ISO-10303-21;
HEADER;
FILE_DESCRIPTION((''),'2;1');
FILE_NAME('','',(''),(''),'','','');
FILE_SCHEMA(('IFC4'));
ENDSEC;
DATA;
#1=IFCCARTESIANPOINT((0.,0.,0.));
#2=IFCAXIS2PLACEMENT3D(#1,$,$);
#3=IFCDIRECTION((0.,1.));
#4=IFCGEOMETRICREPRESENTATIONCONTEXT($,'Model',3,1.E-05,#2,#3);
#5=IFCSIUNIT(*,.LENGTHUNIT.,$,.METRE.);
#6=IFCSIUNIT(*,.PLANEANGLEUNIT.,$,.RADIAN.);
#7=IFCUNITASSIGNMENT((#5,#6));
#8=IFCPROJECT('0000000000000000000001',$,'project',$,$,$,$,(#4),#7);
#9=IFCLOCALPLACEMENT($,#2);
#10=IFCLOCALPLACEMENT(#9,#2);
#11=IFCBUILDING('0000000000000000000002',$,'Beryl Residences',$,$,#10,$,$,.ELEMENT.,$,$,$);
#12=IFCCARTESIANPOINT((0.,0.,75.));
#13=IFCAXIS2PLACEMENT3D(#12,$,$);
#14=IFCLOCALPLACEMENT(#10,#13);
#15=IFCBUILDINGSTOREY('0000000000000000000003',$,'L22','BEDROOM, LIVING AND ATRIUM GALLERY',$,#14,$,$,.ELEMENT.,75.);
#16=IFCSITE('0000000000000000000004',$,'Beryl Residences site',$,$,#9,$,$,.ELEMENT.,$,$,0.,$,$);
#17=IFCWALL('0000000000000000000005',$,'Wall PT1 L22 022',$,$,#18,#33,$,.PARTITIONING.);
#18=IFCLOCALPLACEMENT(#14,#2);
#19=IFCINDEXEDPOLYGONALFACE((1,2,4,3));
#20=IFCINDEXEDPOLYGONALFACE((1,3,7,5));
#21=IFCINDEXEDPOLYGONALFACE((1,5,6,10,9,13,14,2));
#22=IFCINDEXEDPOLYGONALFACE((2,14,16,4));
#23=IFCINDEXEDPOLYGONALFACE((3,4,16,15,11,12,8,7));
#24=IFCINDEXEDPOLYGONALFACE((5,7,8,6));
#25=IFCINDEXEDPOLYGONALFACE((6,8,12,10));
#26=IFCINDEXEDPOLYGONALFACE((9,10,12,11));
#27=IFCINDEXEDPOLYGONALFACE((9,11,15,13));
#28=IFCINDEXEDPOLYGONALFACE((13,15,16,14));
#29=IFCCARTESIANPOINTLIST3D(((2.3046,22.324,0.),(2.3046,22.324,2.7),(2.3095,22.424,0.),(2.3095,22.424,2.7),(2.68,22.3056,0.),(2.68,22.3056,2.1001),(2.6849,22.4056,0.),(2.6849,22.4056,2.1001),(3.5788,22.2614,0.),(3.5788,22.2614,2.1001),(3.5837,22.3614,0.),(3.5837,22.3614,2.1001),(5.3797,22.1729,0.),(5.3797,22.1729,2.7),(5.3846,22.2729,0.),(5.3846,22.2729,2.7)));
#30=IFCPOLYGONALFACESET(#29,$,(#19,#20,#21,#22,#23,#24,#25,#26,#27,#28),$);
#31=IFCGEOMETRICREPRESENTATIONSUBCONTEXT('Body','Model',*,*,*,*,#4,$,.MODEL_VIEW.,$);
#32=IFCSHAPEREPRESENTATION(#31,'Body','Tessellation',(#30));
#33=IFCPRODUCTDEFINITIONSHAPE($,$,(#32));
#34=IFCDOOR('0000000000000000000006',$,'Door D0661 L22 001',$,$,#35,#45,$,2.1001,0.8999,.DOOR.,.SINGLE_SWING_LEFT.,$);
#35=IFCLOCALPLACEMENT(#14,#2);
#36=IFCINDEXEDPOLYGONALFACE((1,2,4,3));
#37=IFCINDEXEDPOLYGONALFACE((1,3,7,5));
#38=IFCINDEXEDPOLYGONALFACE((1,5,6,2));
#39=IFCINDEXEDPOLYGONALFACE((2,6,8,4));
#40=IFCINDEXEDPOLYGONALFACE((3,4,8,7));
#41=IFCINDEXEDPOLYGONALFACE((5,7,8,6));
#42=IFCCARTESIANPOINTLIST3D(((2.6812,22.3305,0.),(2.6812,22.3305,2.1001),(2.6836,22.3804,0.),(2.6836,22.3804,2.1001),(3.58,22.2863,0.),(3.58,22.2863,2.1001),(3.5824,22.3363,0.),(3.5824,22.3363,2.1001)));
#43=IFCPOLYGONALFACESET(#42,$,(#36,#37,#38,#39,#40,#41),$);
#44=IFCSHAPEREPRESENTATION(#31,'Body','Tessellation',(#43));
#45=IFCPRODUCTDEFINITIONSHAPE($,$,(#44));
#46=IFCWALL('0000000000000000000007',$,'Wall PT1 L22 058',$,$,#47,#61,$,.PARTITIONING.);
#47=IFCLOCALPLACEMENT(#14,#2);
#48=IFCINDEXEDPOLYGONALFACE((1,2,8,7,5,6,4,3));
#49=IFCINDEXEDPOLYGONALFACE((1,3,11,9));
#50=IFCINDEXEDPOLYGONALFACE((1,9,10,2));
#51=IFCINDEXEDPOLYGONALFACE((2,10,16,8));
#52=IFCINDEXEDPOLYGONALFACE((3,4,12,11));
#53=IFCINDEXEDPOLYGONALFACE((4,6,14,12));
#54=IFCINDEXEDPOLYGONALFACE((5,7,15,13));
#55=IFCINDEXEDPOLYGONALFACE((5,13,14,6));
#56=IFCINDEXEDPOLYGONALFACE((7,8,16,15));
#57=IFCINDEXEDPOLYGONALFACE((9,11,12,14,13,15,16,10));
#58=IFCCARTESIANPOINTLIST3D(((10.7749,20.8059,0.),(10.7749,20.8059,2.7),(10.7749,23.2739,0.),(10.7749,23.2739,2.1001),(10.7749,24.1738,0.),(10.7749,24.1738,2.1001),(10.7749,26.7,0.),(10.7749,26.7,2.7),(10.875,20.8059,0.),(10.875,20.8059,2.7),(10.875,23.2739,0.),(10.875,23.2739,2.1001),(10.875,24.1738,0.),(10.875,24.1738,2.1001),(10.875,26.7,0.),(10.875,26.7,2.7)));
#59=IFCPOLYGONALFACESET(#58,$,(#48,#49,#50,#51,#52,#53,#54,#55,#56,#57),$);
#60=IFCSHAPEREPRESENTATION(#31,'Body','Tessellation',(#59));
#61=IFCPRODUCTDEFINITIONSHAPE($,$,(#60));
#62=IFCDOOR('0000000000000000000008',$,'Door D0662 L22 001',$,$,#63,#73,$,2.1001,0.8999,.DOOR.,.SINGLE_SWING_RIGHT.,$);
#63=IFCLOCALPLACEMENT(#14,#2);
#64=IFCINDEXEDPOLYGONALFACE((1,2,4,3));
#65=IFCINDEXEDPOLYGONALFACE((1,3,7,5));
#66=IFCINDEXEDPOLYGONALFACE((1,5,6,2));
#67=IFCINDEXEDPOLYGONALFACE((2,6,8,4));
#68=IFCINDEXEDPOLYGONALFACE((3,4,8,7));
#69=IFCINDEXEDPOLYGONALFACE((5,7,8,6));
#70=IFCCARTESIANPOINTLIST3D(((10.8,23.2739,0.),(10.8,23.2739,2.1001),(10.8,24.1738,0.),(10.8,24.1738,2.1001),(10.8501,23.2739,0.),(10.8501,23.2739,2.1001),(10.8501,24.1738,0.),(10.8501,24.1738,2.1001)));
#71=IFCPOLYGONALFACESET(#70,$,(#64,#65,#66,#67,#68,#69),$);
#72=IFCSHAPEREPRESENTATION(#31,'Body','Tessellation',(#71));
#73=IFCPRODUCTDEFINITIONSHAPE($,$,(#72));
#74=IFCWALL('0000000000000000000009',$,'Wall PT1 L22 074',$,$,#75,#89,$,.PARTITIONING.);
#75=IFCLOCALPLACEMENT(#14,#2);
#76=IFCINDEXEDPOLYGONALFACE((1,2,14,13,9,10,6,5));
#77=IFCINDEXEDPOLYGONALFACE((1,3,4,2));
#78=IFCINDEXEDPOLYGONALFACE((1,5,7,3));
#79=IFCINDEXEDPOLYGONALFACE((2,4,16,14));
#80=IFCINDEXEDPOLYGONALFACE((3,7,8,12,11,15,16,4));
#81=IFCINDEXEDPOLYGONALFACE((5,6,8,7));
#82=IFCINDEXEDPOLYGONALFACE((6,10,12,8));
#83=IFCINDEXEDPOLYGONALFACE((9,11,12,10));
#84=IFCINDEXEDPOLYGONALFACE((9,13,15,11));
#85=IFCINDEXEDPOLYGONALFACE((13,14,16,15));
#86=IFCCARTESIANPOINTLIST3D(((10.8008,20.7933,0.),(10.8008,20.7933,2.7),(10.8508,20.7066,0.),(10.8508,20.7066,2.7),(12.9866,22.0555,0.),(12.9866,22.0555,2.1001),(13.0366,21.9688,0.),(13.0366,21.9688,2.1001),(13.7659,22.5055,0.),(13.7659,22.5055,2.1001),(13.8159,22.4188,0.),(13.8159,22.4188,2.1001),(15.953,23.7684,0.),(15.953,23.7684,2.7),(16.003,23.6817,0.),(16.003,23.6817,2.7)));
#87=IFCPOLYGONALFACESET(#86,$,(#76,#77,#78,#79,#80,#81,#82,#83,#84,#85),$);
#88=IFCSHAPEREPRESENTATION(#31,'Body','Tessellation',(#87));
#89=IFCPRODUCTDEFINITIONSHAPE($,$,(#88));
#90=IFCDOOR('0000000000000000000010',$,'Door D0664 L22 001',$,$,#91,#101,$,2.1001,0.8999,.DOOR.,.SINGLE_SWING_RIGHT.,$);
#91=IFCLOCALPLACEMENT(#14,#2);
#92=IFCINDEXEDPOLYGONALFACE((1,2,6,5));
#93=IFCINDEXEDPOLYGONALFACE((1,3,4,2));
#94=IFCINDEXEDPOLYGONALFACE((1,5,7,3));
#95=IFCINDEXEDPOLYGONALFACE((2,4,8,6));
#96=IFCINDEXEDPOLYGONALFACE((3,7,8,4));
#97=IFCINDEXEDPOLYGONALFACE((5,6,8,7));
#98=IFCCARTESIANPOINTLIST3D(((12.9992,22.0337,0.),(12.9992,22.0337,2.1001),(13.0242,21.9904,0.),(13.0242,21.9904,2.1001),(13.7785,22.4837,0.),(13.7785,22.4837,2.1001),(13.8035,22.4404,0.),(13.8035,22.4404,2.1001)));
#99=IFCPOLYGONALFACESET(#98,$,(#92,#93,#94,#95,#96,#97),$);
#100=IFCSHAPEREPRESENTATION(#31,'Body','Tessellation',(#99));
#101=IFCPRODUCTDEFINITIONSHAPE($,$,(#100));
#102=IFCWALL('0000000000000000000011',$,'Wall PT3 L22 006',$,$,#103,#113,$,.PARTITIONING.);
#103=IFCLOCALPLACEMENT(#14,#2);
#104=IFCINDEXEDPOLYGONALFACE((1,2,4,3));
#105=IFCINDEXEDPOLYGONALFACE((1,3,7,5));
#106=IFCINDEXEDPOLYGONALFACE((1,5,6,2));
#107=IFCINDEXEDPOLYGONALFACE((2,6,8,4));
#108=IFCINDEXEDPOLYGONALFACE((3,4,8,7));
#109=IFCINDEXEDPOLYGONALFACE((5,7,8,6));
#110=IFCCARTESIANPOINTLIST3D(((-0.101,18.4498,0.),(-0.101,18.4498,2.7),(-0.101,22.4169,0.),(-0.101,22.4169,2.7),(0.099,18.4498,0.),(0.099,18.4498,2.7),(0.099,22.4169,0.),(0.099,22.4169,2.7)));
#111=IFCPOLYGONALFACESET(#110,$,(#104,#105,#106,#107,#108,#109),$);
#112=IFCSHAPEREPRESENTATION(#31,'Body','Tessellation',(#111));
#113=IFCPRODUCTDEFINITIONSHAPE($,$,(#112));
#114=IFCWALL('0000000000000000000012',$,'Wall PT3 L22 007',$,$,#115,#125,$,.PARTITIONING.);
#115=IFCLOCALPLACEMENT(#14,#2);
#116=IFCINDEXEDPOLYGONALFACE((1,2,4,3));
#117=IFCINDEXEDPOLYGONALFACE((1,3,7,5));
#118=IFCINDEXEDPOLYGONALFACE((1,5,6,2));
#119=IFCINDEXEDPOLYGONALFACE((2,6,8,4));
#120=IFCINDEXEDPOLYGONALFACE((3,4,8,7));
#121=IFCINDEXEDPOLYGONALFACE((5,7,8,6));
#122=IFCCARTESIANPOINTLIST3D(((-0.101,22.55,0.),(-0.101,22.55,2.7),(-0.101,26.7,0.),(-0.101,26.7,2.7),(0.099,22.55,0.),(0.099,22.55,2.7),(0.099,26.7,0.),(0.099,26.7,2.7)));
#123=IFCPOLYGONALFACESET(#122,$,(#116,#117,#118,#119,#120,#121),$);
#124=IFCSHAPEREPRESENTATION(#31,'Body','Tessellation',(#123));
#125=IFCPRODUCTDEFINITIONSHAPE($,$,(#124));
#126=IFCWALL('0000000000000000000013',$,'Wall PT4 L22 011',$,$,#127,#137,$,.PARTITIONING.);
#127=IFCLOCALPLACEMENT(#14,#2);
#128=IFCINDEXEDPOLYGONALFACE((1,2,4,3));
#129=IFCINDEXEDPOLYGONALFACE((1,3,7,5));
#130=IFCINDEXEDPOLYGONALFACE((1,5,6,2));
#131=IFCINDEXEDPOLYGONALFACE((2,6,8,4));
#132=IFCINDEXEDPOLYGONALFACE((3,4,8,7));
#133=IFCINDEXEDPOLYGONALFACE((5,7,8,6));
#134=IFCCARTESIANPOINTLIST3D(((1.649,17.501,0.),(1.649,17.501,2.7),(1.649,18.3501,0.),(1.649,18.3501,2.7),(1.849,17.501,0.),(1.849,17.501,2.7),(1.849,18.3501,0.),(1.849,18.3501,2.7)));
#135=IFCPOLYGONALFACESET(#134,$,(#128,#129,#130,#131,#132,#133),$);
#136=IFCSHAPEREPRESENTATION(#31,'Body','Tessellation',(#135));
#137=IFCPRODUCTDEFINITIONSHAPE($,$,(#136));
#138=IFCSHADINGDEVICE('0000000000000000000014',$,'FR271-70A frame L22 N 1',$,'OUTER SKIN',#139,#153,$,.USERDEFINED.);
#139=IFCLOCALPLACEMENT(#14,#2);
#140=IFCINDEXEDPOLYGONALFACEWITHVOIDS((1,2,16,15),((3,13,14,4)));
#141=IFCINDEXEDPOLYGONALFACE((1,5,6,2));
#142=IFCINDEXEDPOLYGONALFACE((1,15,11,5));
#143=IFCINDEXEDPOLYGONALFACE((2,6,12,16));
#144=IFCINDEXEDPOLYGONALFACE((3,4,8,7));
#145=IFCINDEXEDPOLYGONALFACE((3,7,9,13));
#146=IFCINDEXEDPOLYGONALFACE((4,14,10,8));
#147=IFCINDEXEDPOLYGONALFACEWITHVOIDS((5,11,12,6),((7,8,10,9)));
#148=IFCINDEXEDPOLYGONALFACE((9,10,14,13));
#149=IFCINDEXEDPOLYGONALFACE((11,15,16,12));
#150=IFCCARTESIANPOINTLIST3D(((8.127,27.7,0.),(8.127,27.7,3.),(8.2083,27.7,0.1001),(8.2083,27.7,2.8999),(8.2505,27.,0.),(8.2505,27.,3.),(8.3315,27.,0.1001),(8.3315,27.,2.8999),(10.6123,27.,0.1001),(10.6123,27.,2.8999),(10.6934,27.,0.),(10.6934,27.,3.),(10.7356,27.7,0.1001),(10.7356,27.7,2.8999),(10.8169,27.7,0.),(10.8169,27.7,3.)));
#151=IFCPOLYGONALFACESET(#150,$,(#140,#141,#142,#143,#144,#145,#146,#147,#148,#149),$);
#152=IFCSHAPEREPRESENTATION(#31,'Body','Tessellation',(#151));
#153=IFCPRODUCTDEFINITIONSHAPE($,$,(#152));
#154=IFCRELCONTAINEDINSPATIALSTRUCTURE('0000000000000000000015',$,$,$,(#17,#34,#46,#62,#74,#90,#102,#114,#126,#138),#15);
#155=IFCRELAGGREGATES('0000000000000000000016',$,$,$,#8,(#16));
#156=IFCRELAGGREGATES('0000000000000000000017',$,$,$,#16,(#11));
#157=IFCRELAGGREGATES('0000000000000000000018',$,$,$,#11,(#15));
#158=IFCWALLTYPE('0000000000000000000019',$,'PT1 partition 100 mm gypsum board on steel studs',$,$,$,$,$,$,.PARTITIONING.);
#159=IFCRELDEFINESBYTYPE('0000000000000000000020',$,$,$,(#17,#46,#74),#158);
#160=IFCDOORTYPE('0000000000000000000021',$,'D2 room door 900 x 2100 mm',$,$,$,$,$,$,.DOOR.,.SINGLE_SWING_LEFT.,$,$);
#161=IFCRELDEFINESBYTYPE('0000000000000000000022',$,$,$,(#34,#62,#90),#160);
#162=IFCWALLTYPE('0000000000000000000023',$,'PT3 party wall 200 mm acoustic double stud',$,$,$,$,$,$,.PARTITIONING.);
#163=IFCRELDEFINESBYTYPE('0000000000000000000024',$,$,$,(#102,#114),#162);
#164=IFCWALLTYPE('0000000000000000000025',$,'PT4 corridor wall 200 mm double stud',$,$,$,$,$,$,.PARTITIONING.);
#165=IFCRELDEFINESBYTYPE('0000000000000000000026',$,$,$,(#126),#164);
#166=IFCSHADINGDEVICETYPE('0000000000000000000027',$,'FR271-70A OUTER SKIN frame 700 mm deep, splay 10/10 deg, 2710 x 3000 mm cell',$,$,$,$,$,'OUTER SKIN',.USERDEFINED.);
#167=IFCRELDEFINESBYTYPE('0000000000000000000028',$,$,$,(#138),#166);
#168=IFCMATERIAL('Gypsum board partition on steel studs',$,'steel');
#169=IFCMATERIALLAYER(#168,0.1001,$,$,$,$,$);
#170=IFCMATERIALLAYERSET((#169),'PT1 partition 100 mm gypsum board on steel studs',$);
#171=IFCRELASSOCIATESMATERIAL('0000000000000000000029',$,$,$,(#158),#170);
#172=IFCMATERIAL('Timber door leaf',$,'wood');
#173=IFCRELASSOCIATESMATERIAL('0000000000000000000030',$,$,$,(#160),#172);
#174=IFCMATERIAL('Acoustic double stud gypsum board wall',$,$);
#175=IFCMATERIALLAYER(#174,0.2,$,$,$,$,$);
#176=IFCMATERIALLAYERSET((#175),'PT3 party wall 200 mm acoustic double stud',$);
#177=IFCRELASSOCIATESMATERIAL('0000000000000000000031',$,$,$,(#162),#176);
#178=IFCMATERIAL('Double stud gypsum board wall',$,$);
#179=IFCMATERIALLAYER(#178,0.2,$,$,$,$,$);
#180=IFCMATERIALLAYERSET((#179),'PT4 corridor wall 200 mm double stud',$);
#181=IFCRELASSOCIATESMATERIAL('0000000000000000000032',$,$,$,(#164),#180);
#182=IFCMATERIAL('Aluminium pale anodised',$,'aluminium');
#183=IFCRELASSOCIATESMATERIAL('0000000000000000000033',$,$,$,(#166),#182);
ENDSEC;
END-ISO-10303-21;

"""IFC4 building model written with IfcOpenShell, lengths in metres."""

from ifc_helpers import new_model, entity, si_unit, direction, frame, frame_2d, origin, place, context, subcontext, project, spatial, rectangle, extrude, source, transform, mapped, material, layer, layer_set, type_object, type_shapes, element, fill, save


model = new_model("IFC4")

# Units and contexts
model_context = context("Model", 3, precision=1e-05, world=origin(), true_north=direction((0.0, 1.0)))
body_context = subcontext(model_context, "Body", "Model", "MODEL_VIEW")
ifc_project = project(units=[si_unit("LENGTHUNIT", "METRE"), si_unit("PLANEANGLEUNIT", "RADIAN")], contexts=[model_context])

# Site, building, storey
site_placement = place(None, origin())
site = spatial("IfcSite", under=ifc_project, at=site_placement, Name="Beryl Residences site", CompositionType="ELEMENT", RefElevation=0.0)
building_placement = place(site_placement, origin())
building = spatial("IfcBuilding", under=site, at=building_placement, Name="Beryl Residences", CompositionType="ELEMENT")
storey_placement = place(building_placement, frame((0.0, 0.0, 75.0)))
storey = spatial("IfcBuildingStorey", under=building, at=storey_placement, Name="L22", Description="BEDROOM, LIVING AND ATRIUM GALLERY", CompositionType="ELEMENT", Elevation=75.0)

# Shared definitions
ifc_material_1 = material(Name="Gypsum board partition on steel studs", Category="steel")
ifc_layer_1 = layer(ifc_material_1, 0.1001)
ifc_layer_set_1 = layer_set([ifc_layer_1], Name="PT1 partition 100 mm gypsum board on steel studs")
wall_type_1 = type_object("IfcWallType", Name="PT1 partition 100 mm gypsum board on steel studs", PredefinedType="PARTITIONING", material=ifc_layer_set_1)

# Walls, openings, doors
wall_1_placement = place(storey_placement, frame((2.3069, 22.374, 0.0), z_axis=(0.0, 0.0, 1.0), x_axis=(0.998795, -0.049083, 0.0)))
wall_1 = element("IfcWall", 1, at=wall_1_placement, inside=storey, type_object=wall_type_1, Name="Wall PT1 L22 022", PredefinedType="PARTITIONING", context=body_context, shape_type="SweptSolid", body=[
    extrude(rectangle(XDim=3.0789, YDim=0.1001, at=frame_2d((1.5396, 0.0))), origin(), (0.0, 0.0, 1.0), 2.7),
])
opening_1_placement = place(wall_1_placement, frame((0.376, 0.0, 0.0)))
opening_1 = element("IfcOpeningElement", 2, at=opening_1_placement, cuts=wall_1, PredefinedType="OPENING", context=body_context, shape_type="SweptSolid", body=[
    extrude(rectangle(XDim=0.8999, YDim=2.1001, at=frame_2d((0.45, 1.05))), frame((0.0, 0.0601, 0.0), z_axis=(0.0, -1.0, 0.0), x_axis=(1.0, 0.0, 0.0)), (0.0, 0.0, 1.0), 0.1201),
])
ifc_material_2 = material(Name="Timber door leaf", Category="wood")
door_type_1 = type_object("IfcDoorType", Name="D2 room door 900 x 2100 mm", OperationType="SINGLE_SWING_LEFT", PredefinedType="DOOR", material=ifc_material_2)
door_1_placement = place(opening_1_placement, origin())
door_1 = element("IfcDoor", 3, at=door_1_placement, inside=storey, type_object=door_type_1, Name="Door D0661 L22 001", OperationType="SINGLE_SWING_LEFT", OverallHeight=2.1001, OverallWidth=0.8999, PredefinedType="DOOR", context=body_context, shape_type="SweptSolid", body=[
    extrude(rectangle(XDim=0.8999, YDim=2.1001, at=frame_2d((0.45, 1.05))), frame((0.0, 0.0249, 0.0), z_axis=(0.0, -1.0, 0.0), x_axis=(1.0, 0.0, 0.0)), (0.0, 0.0, 1.0), 0.05),
])
fill(opening_1, door_1)
wall_2_placement = place(storey_placement, frame((10.825, 20.8059, 0.0), z_axis=(0.0, 0.0, 1.0), x_axis=(0.0, 1.0, 0.0)))
wall_2 = element("IfcWall", 4, at=wall_2_placement, inside=storey, type_object=wall_type_1, Name="Wall PT1 L22 058", PredefinedType="PARTITIONING", context=body_context, shape_type="SweptSolid", body=[
    extrude(rectangle(XDim=5.894, YDim=0.1001, at=frame_2d((2.947, 0.0))), origin(), (0.0, 0.0, 1.0), 2.7),
])
opening_2_placement = place(wall_2_placement, frame((2.468, 0.0, 0.0)))
opening_2 = element("IfcOpeningElement", 5, at=opening_2_placement, cuts=wall_2, PredefinedType="OPENING", context=body_context, shape_type="SweptSolid", body=[
    extrude(rectangle(XDim=0.8999, YDim=2.1001, at=frame_2d((0.45, 1.05))), frame((0.0, 0.0601, 0.0), z_axis=(0.0, -1.0, 0.0), x_axis=(1.0, 0.0, 0.0)), (0.0, 0.0, 1.0), 0.1201),
])
door_2_placement = place(opening_2_placement, origin())
door_2 = element("IfcDoor", 6, at=door_2_placement, inside=storey, type_object=door_type_1, Name="Door D0662 L22 001", OperationType="SINGLE_SWING_RIGHT", OverallHeight=2.1001, OverallWidth=0.8999, PredefinedType="DOOR", context=body_context, shape_type="SweptSolid", body=[
    extrude(rectangle(XDim=0.8999, YDim=2.1001, at=frame_2d((0.45, 1.05))), frame((0.0, 0.0249, 0.0), z_axis=(0.0, -1.0, 0.0), x_axis=(1.0, 0.0, 0.0)), (0.0, 0.0, 1.0), 0.05),
])
fill(opening_2, door_2)
wall_3_placement = place(storey_placement, frame((10.8259, 20.75, 0.0), z_axis=(0.0, 0.0, 1.0), x_axis=(0.865987, 0.500067, 0.0)))
wall_3 = element("IfcWall", 7, at=wall_3_placement, inside=storey, type_object=wall_type_1, Name="Wall PT1 L22 074", PredefinedType="PARTITIONING", context=body_context, shape_type="SweptSolid", body=[
    extrude(rectangle(XDim=5.9495, YDim=0.1001, at=frame_2d((2.9746, 0.0))), origin(), (0.0, 0.0, 1.0), 2.7),
])
opening_3_placement = place(wall_3_placement, frame((2.5239, 0.0, 0.0)))
opening_3 = element("IfcOpeningElement", 8, at=opening_3_placement, cuts=wall_3, PredefinedType="OPENING", context=body_context, shape_type="SweptSolid", body=[
    extrude(rectangle(XDim=0.8999, YDim=2.1001, at=frame_2d((0.45, 1.05))), frame((0.0, 0.0601, 0.0), z_axis=(0.0, -1.0, 0.0), x_axis=(1.0, 0.0, 0.0)), (0.0, 0.0, 1.0), 0.1201),
])
door_3_placement = place(opening_3_placement, origin())
door_3 = element("IfcDoor", 9, at=door_3_placement, inside=storey, type_object=door_type_1, Name="Door D0664 L22 001", OperationType="SINGLE_SWING_RIGHT", OverallHeight=2.1001, OverallWidth=0.8999, PredefinedType="DOOR", context=body_context, shape_type="SweptSolid", body=[
    extrude(rectangle(XDim=0.8999, YDim=2.1001, at=frame_2d((0.45, 1.05))), frame((0.0, 0.0249, 0.0), z_axis=(0.0, -1.0, 0.0), x_axis=(1.0, 0.0, 0.0)), (0.0, 0.0, 1.0), 0.05),
])
fill(opening_3, door_3)

# Walls
ifc_material_3 = material(Name="Acoustic double stud gypsum board wall")
ifc_layer_2 = layer(ifc_material_3, 0.2)
ifc_layer_set_2 = layer_set([ifc_layer_2], Name="PT3 party wall 200 mm acoustic double stud")
wall_type_2 = type_object("IfcWallType", Name="PT3 party wall 200 mm acoustic double stud", PredefinedType="PARTITIONING", material=ifc_layer_set_2)
wall_4_placement = place(storey_placement, frame((-0.001, 18.45, 0.0), z_axis=(0.0, 0.0, 1.0), x_axis=(0.0, 1.0, 0.0)))
element("IfcWall", 10, at=wall_4_placement, inside=storey, type_object=wall_type_2, Name="Wall PT3 L22 006", PredefinedType="PARTITIONING", context=body_context, shape_type="SweptSolid", body=[
    extrude(rectangle(XDim=3.967, YDim=0.2, at=frame_2d((1.9834, 0.0))), origin(), (0.0, 0.0, 1.0), 2.7),
])
wall_5_placement = place(storey_placement, frame((-0.001, 22.55, 0.0), z_axis=(0.0, 0.0, 1.0), x_axis=(0.0, 1.0, 0.0)))
element("IfcWall", 11, at=wall_5_placement, inside=storey, type_object=wall_type_2, Name="Wall PT3 L22 007", PredefinedType="PARTITIONING", context=body_context, shape_type="SweptSolid", body=[
    extrude(rectangle(XDim=4.1499, YDim=0.2, at=frame_2d((2.075, 0.0))), origin(), (0.0, 0.0, 1.0), 2.7),
])
ifc_material_4 = material(Name="Double stud gypsum board wall")
ifc_layer_3 = layer(ifc_material_4, 0.2)
ifc_layer_set_3 = layer_set([ifc_layer_3], Name="PT4 corridor wall 200 mm double stud")
wall_type_3 = type_object("IfcWallType", Name="PT4 corridor wall 200 mm double stud", PredefinedType="PARTITIONING", material=ifc_layer_set_3)
wall_6_placement = place(storey_placement, frame((1.749, 18.3501, 0.0), z_axis=(0.0, 0.0, 1.0), x_axis=(0.0, -1.0, 0.0)))
element("IfcWall", 12, at=wall_6_placement, inside=storey, type_object=wall_type_3, Name="Wall PT4 L22 011", PredefinedType="PARTITIONING", context=body_context, shape_type="SweptSolid", body=[
    extrude(rectangle(XDim=0.8491, YDim=0.2, at=frame_2d((0.4246, 0.0))), origin(), (0.0, 0.0, 1.0), 2.7),
])

# Shading device
ifc_material_5 = material(Name="Aluminium pale anodised", Category="aluminium")
shading_device_type = type_object("IfcShadingDeviceType", Name="FR271-70A OUTER SKIN frame 700 mm deep, splay 10/10 deg, 2710 x 3000 mm cell", ElementType="OUTER SKIN", PredefinedType="USERDEFINED", material=ifc_material_5)
cartesian_point_1 = entity("IfcCartesianPoint", [-1.2214, 0.0])
cartesian_point_2 = entity("IfcCartesianPoint", [-1.1404, 0.1001])
cartesian_point_3 = entity("IfcCartesianPoint", [-1.345, 0.0])
cartesian_point_4 = entity("IfcCartesianPoint", [-1.2637, 0.1001])
shared_shape_1 = source(origin(), body_context, "Body", "SweptSolid", [
    entity("IfcExtrudedAreaSolidTapered", entity("IfcArbitraryProfileDefWithVoids", "AREA", None, entity("IfcPolyline", [cartesian_point_1, entity("IfcCartesianPoint", [1.2214, 0.0]), entity("IfcCartesianPoint", [1.2214, 3.0]), entity("IfcCartesianPoint", [-1.2214, 3.0]), cartesian_point_1]), [entity("IfcPolyline", [cartesian_point_2, entity("IfcCartesianPoint", [1.1404, 0.1001]), entity("IfcCartesianPoint", [1.1404, 2.8999]), entity("IfcCartesianPoint", [-1.1404, 2.8999]), cartesian_point_2])]), entity("IfcAxis2Placement3D", entity("IfcCartesianPoint", [0.0, 0.0, 0.0]), entity("IfcDirection", [0.0, 1.0, 0.0]), entity("IfcDirection", [-1.0, 0.0, 0.0])), entity("IfcDirection", [0.0, 0.0, 1.0]), 0.7, entity("IfcArbitraryProfileDefWithVoids", "AREA", None, entity("IfcPolyline", [cartesian_point_3, entity("IfcCartesianPoint", [1.345, 0.0]), entity("IfcCartesianPoint", [1.345, 3.0]), entity("IfcCartesianPoint", [-1.345, 3.0]), cartesian_point_3]), [entity("IfcPolyline", [cartesian_point_4, entity("IfcCartesianPoint", [1.2637, 0.1001]), entity("IfcCartesianPoint", [1.2637, 2.8999]), entity("IfcCartesianPoint", [-1.2637, 2.8999]), cartesian_point_4])])),
])
type_shapes(shading_device_type, [shared_shape_1])
for number, where, z_axis, x_axis, name in (
    (13, (9.4719, 27.0, 0.0), (0.0, 0.0, 1.0), (1.0, 0.0, 0.0), "FR271-70A frame L22 N 1"),
):
    element("IfcShadingDevice", number, at=place(storey_placement, frame(where, z_axis=z_axis, x_axis=x_axis)), inside=storey, type_object=shading_device_type, Name=name, ObjectType="OUTER SKIN", PredefinedType="USERDEFINED", context=body_context, shape_type="MappedRepresentation", body=[
        mapped(shared_shape_1, transform((0.0, 0.0, 0.0))),
    ])

save(model, "model.ifc")
